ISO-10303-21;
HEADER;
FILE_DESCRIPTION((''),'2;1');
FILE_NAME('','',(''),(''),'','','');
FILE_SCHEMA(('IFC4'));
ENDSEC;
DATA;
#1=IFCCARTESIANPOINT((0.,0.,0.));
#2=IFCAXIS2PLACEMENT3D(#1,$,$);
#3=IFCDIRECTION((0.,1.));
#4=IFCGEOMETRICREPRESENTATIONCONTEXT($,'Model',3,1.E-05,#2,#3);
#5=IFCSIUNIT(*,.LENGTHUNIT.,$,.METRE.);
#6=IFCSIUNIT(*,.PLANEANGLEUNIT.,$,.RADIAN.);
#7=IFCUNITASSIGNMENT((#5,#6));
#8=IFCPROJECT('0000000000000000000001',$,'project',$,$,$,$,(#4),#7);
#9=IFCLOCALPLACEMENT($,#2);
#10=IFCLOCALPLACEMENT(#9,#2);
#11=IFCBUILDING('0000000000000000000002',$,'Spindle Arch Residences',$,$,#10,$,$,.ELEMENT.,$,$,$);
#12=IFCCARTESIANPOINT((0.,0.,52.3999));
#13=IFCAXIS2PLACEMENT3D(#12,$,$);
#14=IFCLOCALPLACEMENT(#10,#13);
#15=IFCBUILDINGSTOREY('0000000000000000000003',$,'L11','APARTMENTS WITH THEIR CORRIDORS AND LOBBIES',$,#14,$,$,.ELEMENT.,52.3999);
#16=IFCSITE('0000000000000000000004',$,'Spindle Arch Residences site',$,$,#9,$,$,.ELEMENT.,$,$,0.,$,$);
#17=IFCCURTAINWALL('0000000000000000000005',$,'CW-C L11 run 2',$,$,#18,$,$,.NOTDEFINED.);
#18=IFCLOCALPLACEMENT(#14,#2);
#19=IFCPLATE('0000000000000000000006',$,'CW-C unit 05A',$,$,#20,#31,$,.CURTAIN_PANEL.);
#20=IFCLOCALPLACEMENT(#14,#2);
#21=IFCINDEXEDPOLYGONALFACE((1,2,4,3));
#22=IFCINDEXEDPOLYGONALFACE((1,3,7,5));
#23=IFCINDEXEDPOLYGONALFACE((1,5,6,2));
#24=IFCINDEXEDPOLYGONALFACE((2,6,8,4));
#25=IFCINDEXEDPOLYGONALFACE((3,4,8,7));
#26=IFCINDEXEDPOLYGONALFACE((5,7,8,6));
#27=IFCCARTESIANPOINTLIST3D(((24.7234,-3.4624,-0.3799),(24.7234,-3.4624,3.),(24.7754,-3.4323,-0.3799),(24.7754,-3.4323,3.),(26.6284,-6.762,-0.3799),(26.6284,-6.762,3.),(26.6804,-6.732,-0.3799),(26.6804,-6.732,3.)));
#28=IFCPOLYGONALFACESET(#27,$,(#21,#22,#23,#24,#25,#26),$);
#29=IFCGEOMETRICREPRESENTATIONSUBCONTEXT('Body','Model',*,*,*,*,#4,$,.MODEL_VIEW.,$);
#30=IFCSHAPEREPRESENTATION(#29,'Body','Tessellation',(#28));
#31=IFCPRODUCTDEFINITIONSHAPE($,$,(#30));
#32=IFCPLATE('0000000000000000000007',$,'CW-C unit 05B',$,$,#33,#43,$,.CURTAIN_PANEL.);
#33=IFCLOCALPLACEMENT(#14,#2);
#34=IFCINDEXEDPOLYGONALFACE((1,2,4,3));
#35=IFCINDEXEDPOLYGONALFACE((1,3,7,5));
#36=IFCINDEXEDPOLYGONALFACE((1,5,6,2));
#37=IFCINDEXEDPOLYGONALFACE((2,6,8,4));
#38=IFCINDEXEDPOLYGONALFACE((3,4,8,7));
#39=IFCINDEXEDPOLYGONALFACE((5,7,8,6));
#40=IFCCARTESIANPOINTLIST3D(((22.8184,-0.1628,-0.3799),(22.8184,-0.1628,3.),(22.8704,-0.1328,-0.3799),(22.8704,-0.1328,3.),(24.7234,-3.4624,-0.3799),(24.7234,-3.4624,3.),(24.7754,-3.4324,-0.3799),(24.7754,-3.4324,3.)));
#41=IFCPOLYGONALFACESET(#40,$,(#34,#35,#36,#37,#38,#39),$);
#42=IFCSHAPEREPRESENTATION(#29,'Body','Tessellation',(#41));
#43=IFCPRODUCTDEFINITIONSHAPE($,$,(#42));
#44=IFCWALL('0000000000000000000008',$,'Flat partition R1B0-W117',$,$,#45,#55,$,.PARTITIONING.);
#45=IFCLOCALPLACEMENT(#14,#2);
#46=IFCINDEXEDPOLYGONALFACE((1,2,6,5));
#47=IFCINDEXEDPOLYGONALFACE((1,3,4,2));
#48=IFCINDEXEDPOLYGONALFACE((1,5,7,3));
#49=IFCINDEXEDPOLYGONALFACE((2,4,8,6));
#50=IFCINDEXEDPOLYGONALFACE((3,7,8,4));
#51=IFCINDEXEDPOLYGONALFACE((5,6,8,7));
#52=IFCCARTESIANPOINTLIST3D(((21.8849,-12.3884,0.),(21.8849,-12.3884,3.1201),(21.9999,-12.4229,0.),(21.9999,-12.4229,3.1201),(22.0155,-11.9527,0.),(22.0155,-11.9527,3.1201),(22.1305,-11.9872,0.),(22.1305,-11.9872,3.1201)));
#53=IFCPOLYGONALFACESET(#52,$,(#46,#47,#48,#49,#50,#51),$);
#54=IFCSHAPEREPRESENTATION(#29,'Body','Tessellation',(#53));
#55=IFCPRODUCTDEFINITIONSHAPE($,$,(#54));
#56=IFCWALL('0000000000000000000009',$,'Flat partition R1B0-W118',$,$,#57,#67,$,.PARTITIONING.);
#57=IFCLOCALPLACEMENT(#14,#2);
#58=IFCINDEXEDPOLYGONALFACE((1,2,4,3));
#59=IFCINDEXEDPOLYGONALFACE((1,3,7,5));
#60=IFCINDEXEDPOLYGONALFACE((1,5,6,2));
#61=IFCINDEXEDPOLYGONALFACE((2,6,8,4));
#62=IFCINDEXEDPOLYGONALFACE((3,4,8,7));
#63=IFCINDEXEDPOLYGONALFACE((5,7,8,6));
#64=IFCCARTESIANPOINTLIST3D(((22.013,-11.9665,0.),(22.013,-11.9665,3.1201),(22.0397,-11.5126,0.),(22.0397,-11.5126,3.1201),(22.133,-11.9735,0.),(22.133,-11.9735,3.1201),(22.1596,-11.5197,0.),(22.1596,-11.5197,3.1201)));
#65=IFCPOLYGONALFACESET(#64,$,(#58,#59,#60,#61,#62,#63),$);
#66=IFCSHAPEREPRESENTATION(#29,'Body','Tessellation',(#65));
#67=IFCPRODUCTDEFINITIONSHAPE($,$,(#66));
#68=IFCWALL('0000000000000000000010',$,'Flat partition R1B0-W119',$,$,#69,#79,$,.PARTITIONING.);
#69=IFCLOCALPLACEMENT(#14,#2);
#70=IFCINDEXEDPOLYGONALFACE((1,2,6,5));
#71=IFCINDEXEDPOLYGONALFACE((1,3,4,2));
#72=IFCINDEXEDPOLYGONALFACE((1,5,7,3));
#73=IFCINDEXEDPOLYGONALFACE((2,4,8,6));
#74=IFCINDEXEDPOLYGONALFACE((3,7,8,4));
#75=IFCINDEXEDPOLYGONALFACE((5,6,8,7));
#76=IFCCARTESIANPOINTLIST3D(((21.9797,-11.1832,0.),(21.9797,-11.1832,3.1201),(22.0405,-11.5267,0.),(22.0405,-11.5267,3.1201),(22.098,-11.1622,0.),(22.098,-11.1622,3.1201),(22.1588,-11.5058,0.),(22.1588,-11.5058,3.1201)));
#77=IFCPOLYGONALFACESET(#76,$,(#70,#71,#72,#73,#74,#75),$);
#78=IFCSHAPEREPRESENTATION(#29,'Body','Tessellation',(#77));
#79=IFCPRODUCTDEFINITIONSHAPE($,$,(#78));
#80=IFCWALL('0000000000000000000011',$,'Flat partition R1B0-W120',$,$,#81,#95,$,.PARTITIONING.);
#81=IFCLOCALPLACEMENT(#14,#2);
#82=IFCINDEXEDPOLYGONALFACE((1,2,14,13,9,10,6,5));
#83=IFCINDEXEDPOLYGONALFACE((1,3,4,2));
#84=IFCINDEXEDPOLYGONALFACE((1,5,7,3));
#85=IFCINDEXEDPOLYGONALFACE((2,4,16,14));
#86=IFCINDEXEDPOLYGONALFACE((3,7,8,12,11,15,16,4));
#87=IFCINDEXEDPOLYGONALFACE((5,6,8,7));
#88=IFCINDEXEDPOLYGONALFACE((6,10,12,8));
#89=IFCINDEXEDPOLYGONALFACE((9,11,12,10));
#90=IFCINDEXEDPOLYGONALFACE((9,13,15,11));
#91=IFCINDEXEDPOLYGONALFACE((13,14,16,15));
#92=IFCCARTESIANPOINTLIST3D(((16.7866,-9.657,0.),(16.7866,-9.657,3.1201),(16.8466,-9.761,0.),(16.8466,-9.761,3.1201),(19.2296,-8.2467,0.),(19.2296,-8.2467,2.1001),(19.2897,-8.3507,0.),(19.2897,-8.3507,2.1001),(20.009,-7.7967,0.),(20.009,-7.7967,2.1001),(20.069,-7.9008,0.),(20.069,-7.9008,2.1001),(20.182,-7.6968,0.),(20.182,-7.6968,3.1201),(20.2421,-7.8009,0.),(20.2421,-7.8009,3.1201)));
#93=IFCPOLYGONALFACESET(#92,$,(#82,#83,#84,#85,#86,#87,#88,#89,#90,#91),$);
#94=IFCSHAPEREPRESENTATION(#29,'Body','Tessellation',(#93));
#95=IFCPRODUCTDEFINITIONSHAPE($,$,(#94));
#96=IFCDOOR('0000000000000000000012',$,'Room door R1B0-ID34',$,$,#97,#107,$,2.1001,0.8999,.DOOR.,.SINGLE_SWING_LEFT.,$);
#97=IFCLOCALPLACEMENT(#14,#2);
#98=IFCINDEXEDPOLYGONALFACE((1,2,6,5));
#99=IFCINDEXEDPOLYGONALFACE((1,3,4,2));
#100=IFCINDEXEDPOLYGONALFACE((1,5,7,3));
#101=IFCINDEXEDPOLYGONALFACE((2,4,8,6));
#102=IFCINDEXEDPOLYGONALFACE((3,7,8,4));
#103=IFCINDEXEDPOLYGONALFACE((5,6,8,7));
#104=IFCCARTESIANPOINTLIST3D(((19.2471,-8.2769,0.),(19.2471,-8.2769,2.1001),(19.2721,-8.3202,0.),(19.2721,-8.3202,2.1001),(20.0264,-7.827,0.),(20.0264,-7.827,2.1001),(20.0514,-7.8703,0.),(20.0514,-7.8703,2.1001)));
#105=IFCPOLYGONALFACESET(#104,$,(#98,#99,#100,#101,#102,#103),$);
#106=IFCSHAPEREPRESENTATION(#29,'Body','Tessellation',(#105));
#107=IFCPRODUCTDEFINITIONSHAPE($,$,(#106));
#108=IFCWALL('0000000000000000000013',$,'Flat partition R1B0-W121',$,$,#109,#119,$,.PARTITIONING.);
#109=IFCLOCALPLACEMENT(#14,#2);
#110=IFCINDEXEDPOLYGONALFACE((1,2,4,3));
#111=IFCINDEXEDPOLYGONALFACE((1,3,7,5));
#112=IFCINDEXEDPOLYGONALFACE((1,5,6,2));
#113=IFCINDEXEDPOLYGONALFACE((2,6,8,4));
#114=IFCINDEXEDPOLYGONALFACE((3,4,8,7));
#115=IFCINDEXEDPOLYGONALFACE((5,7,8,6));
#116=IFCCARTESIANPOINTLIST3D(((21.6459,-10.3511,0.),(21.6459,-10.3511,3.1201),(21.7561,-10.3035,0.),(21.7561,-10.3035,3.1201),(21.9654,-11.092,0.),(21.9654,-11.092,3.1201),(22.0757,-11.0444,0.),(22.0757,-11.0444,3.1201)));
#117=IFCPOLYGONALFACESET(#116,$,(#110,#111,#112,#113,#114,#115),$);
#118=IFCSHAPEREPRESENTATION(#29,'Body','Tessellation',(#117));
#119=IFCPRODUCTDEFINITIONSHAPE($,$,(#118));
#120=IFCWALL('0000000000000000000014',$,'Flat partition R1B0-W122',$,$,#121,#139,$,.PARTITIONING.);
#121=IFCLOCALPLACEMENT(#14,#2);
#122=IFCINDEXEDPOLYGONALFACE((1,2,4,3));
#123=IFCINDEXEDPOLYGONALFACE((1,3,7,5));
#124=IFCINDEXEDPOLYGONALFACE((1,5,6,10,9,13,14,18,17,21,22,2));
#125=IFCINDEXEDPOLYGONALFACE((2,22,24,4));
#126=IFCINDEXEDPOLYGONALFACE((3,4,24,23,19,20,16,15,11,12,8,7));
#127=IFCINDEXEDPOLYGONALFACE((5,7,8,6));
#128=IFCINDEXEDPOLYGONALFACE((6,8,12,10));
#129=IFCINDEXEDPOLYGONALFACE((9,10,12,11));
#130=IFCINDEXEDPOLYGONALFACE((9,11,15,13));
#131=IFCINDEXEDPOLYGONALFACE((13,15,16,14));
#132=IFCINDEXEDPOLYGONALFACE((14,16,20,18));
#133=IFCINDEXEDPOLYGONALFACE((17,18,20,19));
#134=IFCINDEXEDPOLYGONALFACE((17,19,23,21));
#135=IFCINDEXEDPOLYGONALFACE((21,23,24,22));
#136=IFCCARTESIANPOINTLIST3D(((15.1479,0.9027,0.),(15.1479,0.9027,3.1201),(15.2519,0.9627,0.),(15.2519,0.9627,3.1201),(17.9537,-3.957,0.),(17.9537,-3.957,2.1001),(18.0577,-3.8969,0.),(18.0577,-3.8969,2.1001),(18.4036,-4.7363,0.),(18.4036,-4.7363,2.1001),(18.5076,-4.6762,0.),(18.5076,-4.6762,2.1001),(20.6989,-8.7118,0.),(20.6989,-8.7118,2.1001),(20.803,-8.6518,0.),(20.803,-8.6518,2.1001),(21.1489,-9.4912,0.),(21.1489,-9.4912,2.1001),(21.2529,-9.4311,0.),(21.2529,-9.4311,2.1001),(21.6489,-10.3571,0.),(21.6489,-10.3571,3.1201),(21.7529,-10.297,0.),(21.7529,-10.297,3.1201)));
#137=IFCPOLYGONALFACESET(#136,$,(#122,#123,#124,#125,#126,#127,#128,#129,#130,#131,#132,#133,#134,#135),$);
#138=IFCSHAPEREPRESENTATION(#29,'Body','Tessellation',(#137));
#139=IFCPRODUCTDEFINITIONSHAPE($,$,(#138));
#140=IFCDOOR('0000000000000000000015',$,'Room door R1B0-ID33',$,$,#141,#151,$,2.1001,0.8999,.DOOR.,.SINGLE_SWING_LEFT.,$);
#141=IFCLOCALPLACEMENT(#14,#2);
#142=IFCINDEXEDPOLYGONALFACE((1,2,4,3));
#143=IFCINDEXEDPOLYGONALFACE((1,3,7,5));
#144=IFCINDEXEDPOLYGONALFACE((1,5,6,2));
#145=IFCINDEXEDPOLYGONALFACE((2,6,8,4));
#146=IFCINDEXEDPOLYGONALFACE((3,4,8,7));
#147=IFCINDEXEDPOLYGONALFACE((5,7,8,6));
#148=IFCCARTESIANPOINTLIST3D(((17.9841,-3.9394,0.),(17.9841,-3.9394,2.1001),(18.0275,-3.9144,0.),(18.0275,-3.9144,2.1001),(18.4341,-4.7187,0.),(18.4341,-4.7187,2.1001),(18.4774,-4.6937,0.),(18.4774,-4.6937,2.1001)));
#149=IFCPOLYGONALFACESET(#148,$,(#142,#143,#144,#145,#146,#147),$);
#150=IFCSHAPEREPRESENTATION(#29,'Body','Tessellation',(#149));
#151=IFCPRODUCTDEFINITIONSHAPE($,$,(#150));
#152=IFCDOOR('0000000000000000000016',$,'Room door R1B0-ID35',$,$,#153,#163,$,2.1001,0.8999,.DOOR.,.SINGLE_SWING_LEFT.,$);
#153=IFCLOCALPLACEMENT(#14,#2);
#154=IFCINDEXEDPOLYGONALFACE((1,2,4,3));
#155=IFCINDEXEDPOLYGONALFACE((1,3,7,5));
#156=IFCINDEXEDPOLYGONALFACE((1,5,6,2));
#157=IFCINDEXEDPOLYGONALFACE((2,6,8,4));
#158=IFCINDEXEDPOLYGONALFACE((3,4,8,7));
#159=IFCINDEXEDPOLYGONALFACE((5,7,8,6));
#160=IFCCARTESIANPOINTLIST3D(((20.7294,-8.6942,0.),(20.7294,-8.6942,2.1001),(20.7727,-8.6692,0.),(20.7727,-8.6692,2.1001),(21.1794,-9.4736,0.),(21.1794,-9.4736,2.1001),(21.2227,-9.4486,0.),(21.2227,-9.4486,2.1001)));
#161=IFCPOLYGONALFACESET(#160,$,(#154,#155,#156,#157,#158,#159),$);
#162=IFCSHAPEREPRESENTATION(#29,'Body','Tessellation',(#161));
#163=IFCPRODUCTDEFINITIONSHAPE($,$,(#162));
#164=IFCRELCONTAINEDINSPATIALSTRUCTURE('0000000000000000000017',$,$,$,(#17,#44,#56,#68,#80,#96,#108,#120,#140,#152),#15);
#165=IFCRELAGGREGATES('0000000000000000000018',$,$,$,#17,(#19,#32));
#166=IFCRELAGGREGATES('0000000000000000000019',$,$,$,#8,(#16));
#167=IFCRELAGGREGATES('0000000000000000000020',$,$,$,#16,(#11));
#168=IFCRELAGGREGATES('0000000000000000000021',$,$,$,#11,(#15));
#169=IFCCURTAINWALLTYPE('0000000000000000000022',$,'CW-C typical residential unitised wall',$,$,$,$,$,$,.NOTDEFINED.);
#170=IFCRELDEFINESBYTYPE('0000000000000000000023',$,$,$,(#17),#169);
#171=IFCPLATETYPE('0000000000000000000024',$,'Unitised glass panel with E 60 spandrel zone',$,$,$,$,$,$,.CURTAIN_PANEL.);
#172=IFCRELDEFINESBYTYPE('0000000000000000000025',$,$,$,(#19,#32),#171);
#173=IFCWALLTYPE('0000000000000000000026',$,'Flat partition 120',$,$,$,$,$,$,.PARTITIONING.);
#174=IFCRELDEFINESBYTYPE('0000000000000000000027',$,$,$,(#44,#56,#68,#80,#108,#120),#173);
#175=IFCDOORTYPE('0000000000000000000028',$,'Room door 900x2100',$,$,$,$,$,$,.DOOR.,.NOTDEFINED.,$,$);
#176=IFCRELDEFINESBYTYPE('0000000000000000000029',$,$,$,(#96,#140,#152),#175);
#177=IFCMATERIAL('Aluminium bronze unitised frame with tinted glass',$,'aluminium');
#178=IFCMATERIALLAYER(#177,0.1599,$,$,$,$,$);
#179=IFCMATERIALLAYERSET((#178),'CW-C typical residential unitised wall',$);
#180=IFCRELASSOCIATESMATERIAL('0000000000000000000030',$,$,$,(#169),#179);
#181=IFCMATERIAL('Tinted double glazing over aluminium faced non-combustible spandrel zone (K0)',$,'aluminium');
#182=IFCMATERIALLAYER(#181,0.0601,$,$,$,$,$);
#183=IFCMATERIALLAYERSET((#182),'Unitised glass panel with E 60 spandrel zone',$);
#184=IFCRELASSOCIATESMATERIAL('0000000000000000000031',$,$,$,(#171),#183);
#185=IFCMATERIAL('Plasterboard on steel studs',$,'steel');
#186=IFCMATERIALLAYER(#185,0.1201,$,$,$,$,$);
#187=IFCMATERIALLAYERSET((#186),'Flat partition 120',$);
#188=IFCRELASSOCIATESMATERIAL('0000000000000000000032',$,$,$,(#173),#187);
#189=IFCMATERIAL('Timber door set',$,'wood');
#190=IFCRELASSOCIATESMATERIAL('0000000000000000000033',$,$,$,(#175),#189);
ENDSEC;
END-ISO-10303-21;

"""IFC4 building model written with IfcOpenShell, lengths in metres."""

from ifc_helpers import new_model, si_unit, direction, frame, frame_2d, origin, origin_2d, place, context, subcontext, project, spatial, rectangle, extrude, material, layer, layer_set, type_object, element, fill, aggregate, save


model = new_model("IFC4")

# Units and contexts
model_context = context("Model", 3, precision=1e-05, world=origin(), true_north=direction((0.0, 1.0)))
body_context = subcontext(model_context, "Body", "Model", "MODEL_VIEW")
ifc_project = project(units=[si_unit("LENGTHUNIT", "METRE"), si_unit("PLANEANGLEUNIT", "RADIAN")], contexts=[model_context])

# Site, building, storey
site_placement = place(None, origin())
site = spatial("IfcSite", under=ifc_project, at=site_placement, Name="Spindle Arch Residences site", CompositionType="ELEMENT", RefElevation=0.0)
building_placement = place(site_placement, origin())
building = spatial("IfcBuilding", under=site, at=building_placement, Name="Spindle Arch Residences", CompositionType="ELEMENT")
storey_placement = place(building_placement, frame((0.0, 0.0, 52.3999)))
storey = spatial("IfcBuildingStorey", under=building, at=storey_placement, Name="L11", Description="APARTMENTS WITH THEIR CORRIDORS AND LOBBIES", CompositionType="ELEMENT", Elevation=52.3999)

# Curtain wall
ifc_material_1 = material(Name="Aluminium bronze unitised frame with tinted glass", Category="aluminium")
ifc_layer_1 = layer(ifc_material_1, 0.1599)
ifc_layer_set_1 = layer_set([ifc_layer_1], Name="CW-C typical residential unitised wall")
curtain_wall_type_1 = type_object("IfcCurtainWallType", Name="CW-C typical residential unitised wall", PredefinedType="NOTDEFINED", material=ifc_layer_set_1)
curtain_wall_1_placement = place(storey_placement, origin())
curtain_wall_1 = element("IfcCurtainWall", 1, at=curtain_wall_1_placement, inside=storey, type_object=curtain_wall_type_1, Name="CW-C L11 run 2", PredefinedType="NOTDEFINED")

# Plates
ifc_material_2 = material(Name="Tinted double glazing over aluminium faced non-combustible spandrel zone (K0)", Category="aluminium")
ifc_layer_2 = layer(ifc_material_2, 0.0601)
ifc_layer_set_2 = layer_set([ifc_layer_2], Name="Unitised glass panel with E 60 spandrel zone")
plate_type = type_object("IfcPlateType", Name="Unitised glass panel with E 60 spandrel zone", PredefinedType="CURTAIN_PANEL", material=ifc_layer_set_2)
plate_1_placement = place(storey_placement, frame((25.7019, -5.0972, -0.3799), z_axis=(0.0, 0.0, 1.0), x_axis=(-0.5, 0.866025, 0.0)))
plate_1 = element("IfcPlate", 2, at=plate_1_placement, type_object=plate_type, Name="CW-C unit 05A", PredefinedType="CURTAIN_PANEL", context=body_context, shape_type="SweptSolid", body=[
    extrude(rectangle(XDim=3.8101, YDim=0.0601, at=origin_2d()), origin(), (0.0, 0.0, 1.0), 3.3799),
])
plate_2_placement = place(storey_placement, frame((23.7969, -1.7976, -0.3799), z_axis=(0.0, 0.0, 1.0), x_axis=(-0.5, 0.866025, 0.0)))
plate_2 = element("IfcPlate", 3, at=plate_2_placement, type_object=plate_type, Name="CW-C unit 05B", PredefinedType="CURTAIN_PANEL", context=body_context, shape_type="SweptSolid", body=[
    extrude(rectangle(XDim=3.8101, YDim=0.0601, at=origin_2d()), origin(), (0.0, 0.0, 1.0), 3.3799),
])
aggregate(curtain_wall_1, [plate_1, plate_2])

# Walls
ifc_material_3 = material(Name="Plasterboard on steel studs", Category="steel")
ifc_layer_3 = layer(ifc_material_3, 0.1201)
ifc_layer_set_3 = layer_set([ifc_layer_3], Name="Flat partition 120")
wall_type = type_object("IfcWallType", Name="Flat partition 120", PredefinedType="PARTITIONING", material=ifc_layer_set_3)
wall_1_placement = place(storey_placement, frame((21.9424, -12.4058, 0.0), z_axis=(0.0, 0.0, 1.0), x_axis=(0.287102, 0.9579, 0.0)))
element("IfcWall", 4, at=wall_1_placement, inside=storey, type_object=wall_type, Name="Flat partition R1B0-W117", PredefinedType="PARTITIONING", context=body_context, shape_type="SweptSolid", body=[
    extrude(rectangle(XDim=0.4548, YDim=0.1201, at=frame_2d((0.2275, 0.0))), origin(), (0.0, 0.0, 1.0), 3.1201),
])
wall_2_placement = place(storey_placement, frame((22.073, -11.97, 0.0), z_axis=(0.0, 0.0, 1.0), x_axis=(0.058533, 0.998285, 0.0)))
element("IfcWall", 5, at=wall_2_placement, inside=storey, type_object=wall_type, Name="Flat partition R1B0-W118", PredefinedType="PARTITIONING", context=body_context, shape_type="SweptSolid", body=[
    extrude(rectangle(XDim=0.4546, YDim=0.1201, at=frame_2d((0.2273, 0.0))), origin(), (0.0, 0.0, 1.0), 3.1201),
])
wall_3_placement = place(storey_placement, frame((22.0996, -11.5161, 0.0), z_axis=(0.0, 0.0, 1.0), x_axis=(-0.174264, 0.984699, 0.0)))
element("IfcWall", 6, at=wall_3_placement, inside=storey, type_object=wall_type, Name="Flat partition R1B0-W119", PredefinedType="PARTITIONING", context=body_context, shape_type="SweptSolid", body=[
    extrude(rectangle(XDim=0.3489, YDim=0.1201, at=frame_2d((0.1743, 0.0))), origin(), (0.0, 0.0, 1.0), 3.1201),
])

# Wall, opening, door
wall_4_placement = place(storey_placement, frame((20.2122, -7.7488, 0.0), z_axis=(0.0, 0.0, 1.0), x_axis=(-0.866047, -0.499963, 0.0)))
wall_4 = element("IfcWall", 7, at=wall_4_placement, inside=storey, type_object=wall_type, Name="Flat partition R1B0-W120", PredefinedType="PARTITIONING", context=body_context, shape_type="SweptSolid", body=[
    extrude(rectangle(XDim=3.9207, YDim=0.1201, at=frame_2d((1.9604, 0.0))), origin(), (0.0, 0.0, 1.0), 3.1201),
])
opening_1_placement = place(wall_4_placement, frame((0.2, 0.0, 0.0)))
opening_1 = element("IfcOpeningElement", 8, at=opening_1_placement, cuts=wall_4, PredefinedType="OPENING", context=body_context, shape_type="SweptSolid", body=[
    extrude(rectangle(XDim=0.8999, YDim=2.1001, at=frame_2d((0.45, 1.05))), frame((0.0, 0.0701, 0.0), z_axis=(0.0, -1.0, 0.0), x_axis=(1.0, 0.0, 0.0)), (0.0, 0.0, 1.0), 0.1401),
])
ifc_material_4 = material(Name="Timber door set", Category="wood")
door_type = type_object("IfcDoorType", Name="Room door 900x2100", OperationType="NOTDEFINED", PredefinedType="DOOR", material=ifc_material_4)
door_1_placement = place(opening_1_placement, origin())
door_1 = element("IfcDoor", 9, at=door_1_placement, inside=storey, type_object=door_type, Name="Room door R1B0-ID34", OperationType="SINGLE_SWING_LEFT", OverallHeight=2.1001, OverallWidth=0.8999, PredefinedType="DOOR", context=body_context, shape_type="SweptSolid", body=[
    extrude(rectangle(XDim=0.8999, YDim=2.1001, at=frame_2d((0.45, 1.05))), frame((0.0, 0.0249, 0.0), z_axis=(0.0, -1.0, 0.0), x_axis=(1.0, 0.0, 0.0)), (0.0, 0.0, 1.0), 0.05),
])
fill(opening_1, door_1)

# Wall
wall_5_placement = place(storey_placement, frame((22.0205, -11.0681, 0.0), z_axis=(0.0, 0.0, 1.0), x_axis=(-0.396036, 0.918235, 0.0)))
element("IfcWall", 10, at=wall_5_placement, inside=storey, type_object=wall_type, Name="Flat partition R1B0-W121", PredefinedType="PARTITIONING", context=body_context, shape_type="SweptSolid", body=[
    extrude(rectangle(XDim=0.8069, YDim=0.1201, at=frame_2d((0.4033, 0.0))), origin(), (0.0, 0.0, 1.0), 3.1201),
])

# Wall, openings, doors
wall_6_placement = place(storey_placement, frame((21.7009, -10.3271, 0.0), z_axis=(0.0, 0.0, 1.0), x_axis=(-0.500009, 0.86602, 0.0)))
wall_6 = element("IfcWall", 11, at=wall_6_placement, inside=storey, type_object=wall_type, Name="Flat partition R1B0-W122", PredefinedType="PARTITIONING", context=body_context, shape_type="SweptSolid", body=[
    extrude(rectangle(XDim=13.0017, YDim=0.1201, at=frame_2d((6.501, 0.0))), origin(), (0.0, 0.0, 1.0), 3.1201),
])
opening_2_placement = place(wall_6_placement, frame((6.4905, 0.0, 0.0)))
opening_2 = element("IfcOpeningElement", 12, at=opening_2_placement, cuts=wall_6, PredefinedType="OPENING", context=body_context, shape_type="SweptSolid", body=[
    extrude(rectangle(XDim=0.8999, YDim=2.1001, at=frame_2d((0.45, 1.05))), frame((0.0, 0.0701, 0.0), z_axis=(0.0, -1.0, 0.0), x_axis=(1.0, 0.0, 0.0)), (0.0, 0.0, 1.0), 0.1401),
])
opening_3_placement = place(wall_6_placement, frame((1.0, 0.0, 0.0)))
opening_3 = element("IfcOpeningElement", 13, at=opening_3_placement, cuts=wall_6, PredefinedType="OPENING", context=body_context, shape_type="SweptSolid", body=[
    extrude(rectangle(XDim=0.8999, YDim=2.1001, at=frame_2d((0.45, 1.05))), frame((0.0, 0.0701, 0.0), z_axis=(0.0, -1.0, 0.0), x_axis=(1.0, 0.0, 0.0)), (0.0, 0.0, 1.0), 0.1401),
])
door_2_placement = place(opening_2_placement, origin())
door_2 = element("IfcDoor", 14, at=door_2_placement, inside=storey, type_object=door_type, Name="Room door R1B0-ID33", OperationType="SINGLE_SWING_LEFT", OverallHeight=2.1001, OverallWidth=0.8999, PredefinedType="DOOR", context=body_context, shape_type="SweptSolid", body=[
    extrude(rectangle(XDim=0.8999, YDim=2.1001, at=frame_2d((0.45, 1.05))), frame((0.0, 0.0249, 0.0), z_axis=(0.0, -1.0, 0.0), x_axis=(1.0, 0.0, 0.0)), (0.0, 0.0, 1.0), 0.05),
])
fill(opening_2, door_2)
door_3_placement = place(opening_3_placement, origin())
door_3 = element("IfcDoor", 15, at=door_3_placement, inside=storey, type_object=door_type, Name="Room door R1B0-ID35", OperationType="SINGLE_SWING_LEFT", OverallHeight=2.1001, OverallWidth=0.8999, PredefinedType="DOOR", context=body_context, shape_type="SweptSolid", body=[
    extrude(rectangle(XDim=0.8999, YDim=2.1001, at=frame_2d((0.45, 1.05))), frame((0.0, 0.0249, 0.0), z_axis=(0.0, -1.0, 0.0), x_axis=(1.0, 0.0, 0.0)), (0.0, 0.0, 1.0), 0.05),
])
fill(opening_3, door_3)

save(model, "model.ifc")
